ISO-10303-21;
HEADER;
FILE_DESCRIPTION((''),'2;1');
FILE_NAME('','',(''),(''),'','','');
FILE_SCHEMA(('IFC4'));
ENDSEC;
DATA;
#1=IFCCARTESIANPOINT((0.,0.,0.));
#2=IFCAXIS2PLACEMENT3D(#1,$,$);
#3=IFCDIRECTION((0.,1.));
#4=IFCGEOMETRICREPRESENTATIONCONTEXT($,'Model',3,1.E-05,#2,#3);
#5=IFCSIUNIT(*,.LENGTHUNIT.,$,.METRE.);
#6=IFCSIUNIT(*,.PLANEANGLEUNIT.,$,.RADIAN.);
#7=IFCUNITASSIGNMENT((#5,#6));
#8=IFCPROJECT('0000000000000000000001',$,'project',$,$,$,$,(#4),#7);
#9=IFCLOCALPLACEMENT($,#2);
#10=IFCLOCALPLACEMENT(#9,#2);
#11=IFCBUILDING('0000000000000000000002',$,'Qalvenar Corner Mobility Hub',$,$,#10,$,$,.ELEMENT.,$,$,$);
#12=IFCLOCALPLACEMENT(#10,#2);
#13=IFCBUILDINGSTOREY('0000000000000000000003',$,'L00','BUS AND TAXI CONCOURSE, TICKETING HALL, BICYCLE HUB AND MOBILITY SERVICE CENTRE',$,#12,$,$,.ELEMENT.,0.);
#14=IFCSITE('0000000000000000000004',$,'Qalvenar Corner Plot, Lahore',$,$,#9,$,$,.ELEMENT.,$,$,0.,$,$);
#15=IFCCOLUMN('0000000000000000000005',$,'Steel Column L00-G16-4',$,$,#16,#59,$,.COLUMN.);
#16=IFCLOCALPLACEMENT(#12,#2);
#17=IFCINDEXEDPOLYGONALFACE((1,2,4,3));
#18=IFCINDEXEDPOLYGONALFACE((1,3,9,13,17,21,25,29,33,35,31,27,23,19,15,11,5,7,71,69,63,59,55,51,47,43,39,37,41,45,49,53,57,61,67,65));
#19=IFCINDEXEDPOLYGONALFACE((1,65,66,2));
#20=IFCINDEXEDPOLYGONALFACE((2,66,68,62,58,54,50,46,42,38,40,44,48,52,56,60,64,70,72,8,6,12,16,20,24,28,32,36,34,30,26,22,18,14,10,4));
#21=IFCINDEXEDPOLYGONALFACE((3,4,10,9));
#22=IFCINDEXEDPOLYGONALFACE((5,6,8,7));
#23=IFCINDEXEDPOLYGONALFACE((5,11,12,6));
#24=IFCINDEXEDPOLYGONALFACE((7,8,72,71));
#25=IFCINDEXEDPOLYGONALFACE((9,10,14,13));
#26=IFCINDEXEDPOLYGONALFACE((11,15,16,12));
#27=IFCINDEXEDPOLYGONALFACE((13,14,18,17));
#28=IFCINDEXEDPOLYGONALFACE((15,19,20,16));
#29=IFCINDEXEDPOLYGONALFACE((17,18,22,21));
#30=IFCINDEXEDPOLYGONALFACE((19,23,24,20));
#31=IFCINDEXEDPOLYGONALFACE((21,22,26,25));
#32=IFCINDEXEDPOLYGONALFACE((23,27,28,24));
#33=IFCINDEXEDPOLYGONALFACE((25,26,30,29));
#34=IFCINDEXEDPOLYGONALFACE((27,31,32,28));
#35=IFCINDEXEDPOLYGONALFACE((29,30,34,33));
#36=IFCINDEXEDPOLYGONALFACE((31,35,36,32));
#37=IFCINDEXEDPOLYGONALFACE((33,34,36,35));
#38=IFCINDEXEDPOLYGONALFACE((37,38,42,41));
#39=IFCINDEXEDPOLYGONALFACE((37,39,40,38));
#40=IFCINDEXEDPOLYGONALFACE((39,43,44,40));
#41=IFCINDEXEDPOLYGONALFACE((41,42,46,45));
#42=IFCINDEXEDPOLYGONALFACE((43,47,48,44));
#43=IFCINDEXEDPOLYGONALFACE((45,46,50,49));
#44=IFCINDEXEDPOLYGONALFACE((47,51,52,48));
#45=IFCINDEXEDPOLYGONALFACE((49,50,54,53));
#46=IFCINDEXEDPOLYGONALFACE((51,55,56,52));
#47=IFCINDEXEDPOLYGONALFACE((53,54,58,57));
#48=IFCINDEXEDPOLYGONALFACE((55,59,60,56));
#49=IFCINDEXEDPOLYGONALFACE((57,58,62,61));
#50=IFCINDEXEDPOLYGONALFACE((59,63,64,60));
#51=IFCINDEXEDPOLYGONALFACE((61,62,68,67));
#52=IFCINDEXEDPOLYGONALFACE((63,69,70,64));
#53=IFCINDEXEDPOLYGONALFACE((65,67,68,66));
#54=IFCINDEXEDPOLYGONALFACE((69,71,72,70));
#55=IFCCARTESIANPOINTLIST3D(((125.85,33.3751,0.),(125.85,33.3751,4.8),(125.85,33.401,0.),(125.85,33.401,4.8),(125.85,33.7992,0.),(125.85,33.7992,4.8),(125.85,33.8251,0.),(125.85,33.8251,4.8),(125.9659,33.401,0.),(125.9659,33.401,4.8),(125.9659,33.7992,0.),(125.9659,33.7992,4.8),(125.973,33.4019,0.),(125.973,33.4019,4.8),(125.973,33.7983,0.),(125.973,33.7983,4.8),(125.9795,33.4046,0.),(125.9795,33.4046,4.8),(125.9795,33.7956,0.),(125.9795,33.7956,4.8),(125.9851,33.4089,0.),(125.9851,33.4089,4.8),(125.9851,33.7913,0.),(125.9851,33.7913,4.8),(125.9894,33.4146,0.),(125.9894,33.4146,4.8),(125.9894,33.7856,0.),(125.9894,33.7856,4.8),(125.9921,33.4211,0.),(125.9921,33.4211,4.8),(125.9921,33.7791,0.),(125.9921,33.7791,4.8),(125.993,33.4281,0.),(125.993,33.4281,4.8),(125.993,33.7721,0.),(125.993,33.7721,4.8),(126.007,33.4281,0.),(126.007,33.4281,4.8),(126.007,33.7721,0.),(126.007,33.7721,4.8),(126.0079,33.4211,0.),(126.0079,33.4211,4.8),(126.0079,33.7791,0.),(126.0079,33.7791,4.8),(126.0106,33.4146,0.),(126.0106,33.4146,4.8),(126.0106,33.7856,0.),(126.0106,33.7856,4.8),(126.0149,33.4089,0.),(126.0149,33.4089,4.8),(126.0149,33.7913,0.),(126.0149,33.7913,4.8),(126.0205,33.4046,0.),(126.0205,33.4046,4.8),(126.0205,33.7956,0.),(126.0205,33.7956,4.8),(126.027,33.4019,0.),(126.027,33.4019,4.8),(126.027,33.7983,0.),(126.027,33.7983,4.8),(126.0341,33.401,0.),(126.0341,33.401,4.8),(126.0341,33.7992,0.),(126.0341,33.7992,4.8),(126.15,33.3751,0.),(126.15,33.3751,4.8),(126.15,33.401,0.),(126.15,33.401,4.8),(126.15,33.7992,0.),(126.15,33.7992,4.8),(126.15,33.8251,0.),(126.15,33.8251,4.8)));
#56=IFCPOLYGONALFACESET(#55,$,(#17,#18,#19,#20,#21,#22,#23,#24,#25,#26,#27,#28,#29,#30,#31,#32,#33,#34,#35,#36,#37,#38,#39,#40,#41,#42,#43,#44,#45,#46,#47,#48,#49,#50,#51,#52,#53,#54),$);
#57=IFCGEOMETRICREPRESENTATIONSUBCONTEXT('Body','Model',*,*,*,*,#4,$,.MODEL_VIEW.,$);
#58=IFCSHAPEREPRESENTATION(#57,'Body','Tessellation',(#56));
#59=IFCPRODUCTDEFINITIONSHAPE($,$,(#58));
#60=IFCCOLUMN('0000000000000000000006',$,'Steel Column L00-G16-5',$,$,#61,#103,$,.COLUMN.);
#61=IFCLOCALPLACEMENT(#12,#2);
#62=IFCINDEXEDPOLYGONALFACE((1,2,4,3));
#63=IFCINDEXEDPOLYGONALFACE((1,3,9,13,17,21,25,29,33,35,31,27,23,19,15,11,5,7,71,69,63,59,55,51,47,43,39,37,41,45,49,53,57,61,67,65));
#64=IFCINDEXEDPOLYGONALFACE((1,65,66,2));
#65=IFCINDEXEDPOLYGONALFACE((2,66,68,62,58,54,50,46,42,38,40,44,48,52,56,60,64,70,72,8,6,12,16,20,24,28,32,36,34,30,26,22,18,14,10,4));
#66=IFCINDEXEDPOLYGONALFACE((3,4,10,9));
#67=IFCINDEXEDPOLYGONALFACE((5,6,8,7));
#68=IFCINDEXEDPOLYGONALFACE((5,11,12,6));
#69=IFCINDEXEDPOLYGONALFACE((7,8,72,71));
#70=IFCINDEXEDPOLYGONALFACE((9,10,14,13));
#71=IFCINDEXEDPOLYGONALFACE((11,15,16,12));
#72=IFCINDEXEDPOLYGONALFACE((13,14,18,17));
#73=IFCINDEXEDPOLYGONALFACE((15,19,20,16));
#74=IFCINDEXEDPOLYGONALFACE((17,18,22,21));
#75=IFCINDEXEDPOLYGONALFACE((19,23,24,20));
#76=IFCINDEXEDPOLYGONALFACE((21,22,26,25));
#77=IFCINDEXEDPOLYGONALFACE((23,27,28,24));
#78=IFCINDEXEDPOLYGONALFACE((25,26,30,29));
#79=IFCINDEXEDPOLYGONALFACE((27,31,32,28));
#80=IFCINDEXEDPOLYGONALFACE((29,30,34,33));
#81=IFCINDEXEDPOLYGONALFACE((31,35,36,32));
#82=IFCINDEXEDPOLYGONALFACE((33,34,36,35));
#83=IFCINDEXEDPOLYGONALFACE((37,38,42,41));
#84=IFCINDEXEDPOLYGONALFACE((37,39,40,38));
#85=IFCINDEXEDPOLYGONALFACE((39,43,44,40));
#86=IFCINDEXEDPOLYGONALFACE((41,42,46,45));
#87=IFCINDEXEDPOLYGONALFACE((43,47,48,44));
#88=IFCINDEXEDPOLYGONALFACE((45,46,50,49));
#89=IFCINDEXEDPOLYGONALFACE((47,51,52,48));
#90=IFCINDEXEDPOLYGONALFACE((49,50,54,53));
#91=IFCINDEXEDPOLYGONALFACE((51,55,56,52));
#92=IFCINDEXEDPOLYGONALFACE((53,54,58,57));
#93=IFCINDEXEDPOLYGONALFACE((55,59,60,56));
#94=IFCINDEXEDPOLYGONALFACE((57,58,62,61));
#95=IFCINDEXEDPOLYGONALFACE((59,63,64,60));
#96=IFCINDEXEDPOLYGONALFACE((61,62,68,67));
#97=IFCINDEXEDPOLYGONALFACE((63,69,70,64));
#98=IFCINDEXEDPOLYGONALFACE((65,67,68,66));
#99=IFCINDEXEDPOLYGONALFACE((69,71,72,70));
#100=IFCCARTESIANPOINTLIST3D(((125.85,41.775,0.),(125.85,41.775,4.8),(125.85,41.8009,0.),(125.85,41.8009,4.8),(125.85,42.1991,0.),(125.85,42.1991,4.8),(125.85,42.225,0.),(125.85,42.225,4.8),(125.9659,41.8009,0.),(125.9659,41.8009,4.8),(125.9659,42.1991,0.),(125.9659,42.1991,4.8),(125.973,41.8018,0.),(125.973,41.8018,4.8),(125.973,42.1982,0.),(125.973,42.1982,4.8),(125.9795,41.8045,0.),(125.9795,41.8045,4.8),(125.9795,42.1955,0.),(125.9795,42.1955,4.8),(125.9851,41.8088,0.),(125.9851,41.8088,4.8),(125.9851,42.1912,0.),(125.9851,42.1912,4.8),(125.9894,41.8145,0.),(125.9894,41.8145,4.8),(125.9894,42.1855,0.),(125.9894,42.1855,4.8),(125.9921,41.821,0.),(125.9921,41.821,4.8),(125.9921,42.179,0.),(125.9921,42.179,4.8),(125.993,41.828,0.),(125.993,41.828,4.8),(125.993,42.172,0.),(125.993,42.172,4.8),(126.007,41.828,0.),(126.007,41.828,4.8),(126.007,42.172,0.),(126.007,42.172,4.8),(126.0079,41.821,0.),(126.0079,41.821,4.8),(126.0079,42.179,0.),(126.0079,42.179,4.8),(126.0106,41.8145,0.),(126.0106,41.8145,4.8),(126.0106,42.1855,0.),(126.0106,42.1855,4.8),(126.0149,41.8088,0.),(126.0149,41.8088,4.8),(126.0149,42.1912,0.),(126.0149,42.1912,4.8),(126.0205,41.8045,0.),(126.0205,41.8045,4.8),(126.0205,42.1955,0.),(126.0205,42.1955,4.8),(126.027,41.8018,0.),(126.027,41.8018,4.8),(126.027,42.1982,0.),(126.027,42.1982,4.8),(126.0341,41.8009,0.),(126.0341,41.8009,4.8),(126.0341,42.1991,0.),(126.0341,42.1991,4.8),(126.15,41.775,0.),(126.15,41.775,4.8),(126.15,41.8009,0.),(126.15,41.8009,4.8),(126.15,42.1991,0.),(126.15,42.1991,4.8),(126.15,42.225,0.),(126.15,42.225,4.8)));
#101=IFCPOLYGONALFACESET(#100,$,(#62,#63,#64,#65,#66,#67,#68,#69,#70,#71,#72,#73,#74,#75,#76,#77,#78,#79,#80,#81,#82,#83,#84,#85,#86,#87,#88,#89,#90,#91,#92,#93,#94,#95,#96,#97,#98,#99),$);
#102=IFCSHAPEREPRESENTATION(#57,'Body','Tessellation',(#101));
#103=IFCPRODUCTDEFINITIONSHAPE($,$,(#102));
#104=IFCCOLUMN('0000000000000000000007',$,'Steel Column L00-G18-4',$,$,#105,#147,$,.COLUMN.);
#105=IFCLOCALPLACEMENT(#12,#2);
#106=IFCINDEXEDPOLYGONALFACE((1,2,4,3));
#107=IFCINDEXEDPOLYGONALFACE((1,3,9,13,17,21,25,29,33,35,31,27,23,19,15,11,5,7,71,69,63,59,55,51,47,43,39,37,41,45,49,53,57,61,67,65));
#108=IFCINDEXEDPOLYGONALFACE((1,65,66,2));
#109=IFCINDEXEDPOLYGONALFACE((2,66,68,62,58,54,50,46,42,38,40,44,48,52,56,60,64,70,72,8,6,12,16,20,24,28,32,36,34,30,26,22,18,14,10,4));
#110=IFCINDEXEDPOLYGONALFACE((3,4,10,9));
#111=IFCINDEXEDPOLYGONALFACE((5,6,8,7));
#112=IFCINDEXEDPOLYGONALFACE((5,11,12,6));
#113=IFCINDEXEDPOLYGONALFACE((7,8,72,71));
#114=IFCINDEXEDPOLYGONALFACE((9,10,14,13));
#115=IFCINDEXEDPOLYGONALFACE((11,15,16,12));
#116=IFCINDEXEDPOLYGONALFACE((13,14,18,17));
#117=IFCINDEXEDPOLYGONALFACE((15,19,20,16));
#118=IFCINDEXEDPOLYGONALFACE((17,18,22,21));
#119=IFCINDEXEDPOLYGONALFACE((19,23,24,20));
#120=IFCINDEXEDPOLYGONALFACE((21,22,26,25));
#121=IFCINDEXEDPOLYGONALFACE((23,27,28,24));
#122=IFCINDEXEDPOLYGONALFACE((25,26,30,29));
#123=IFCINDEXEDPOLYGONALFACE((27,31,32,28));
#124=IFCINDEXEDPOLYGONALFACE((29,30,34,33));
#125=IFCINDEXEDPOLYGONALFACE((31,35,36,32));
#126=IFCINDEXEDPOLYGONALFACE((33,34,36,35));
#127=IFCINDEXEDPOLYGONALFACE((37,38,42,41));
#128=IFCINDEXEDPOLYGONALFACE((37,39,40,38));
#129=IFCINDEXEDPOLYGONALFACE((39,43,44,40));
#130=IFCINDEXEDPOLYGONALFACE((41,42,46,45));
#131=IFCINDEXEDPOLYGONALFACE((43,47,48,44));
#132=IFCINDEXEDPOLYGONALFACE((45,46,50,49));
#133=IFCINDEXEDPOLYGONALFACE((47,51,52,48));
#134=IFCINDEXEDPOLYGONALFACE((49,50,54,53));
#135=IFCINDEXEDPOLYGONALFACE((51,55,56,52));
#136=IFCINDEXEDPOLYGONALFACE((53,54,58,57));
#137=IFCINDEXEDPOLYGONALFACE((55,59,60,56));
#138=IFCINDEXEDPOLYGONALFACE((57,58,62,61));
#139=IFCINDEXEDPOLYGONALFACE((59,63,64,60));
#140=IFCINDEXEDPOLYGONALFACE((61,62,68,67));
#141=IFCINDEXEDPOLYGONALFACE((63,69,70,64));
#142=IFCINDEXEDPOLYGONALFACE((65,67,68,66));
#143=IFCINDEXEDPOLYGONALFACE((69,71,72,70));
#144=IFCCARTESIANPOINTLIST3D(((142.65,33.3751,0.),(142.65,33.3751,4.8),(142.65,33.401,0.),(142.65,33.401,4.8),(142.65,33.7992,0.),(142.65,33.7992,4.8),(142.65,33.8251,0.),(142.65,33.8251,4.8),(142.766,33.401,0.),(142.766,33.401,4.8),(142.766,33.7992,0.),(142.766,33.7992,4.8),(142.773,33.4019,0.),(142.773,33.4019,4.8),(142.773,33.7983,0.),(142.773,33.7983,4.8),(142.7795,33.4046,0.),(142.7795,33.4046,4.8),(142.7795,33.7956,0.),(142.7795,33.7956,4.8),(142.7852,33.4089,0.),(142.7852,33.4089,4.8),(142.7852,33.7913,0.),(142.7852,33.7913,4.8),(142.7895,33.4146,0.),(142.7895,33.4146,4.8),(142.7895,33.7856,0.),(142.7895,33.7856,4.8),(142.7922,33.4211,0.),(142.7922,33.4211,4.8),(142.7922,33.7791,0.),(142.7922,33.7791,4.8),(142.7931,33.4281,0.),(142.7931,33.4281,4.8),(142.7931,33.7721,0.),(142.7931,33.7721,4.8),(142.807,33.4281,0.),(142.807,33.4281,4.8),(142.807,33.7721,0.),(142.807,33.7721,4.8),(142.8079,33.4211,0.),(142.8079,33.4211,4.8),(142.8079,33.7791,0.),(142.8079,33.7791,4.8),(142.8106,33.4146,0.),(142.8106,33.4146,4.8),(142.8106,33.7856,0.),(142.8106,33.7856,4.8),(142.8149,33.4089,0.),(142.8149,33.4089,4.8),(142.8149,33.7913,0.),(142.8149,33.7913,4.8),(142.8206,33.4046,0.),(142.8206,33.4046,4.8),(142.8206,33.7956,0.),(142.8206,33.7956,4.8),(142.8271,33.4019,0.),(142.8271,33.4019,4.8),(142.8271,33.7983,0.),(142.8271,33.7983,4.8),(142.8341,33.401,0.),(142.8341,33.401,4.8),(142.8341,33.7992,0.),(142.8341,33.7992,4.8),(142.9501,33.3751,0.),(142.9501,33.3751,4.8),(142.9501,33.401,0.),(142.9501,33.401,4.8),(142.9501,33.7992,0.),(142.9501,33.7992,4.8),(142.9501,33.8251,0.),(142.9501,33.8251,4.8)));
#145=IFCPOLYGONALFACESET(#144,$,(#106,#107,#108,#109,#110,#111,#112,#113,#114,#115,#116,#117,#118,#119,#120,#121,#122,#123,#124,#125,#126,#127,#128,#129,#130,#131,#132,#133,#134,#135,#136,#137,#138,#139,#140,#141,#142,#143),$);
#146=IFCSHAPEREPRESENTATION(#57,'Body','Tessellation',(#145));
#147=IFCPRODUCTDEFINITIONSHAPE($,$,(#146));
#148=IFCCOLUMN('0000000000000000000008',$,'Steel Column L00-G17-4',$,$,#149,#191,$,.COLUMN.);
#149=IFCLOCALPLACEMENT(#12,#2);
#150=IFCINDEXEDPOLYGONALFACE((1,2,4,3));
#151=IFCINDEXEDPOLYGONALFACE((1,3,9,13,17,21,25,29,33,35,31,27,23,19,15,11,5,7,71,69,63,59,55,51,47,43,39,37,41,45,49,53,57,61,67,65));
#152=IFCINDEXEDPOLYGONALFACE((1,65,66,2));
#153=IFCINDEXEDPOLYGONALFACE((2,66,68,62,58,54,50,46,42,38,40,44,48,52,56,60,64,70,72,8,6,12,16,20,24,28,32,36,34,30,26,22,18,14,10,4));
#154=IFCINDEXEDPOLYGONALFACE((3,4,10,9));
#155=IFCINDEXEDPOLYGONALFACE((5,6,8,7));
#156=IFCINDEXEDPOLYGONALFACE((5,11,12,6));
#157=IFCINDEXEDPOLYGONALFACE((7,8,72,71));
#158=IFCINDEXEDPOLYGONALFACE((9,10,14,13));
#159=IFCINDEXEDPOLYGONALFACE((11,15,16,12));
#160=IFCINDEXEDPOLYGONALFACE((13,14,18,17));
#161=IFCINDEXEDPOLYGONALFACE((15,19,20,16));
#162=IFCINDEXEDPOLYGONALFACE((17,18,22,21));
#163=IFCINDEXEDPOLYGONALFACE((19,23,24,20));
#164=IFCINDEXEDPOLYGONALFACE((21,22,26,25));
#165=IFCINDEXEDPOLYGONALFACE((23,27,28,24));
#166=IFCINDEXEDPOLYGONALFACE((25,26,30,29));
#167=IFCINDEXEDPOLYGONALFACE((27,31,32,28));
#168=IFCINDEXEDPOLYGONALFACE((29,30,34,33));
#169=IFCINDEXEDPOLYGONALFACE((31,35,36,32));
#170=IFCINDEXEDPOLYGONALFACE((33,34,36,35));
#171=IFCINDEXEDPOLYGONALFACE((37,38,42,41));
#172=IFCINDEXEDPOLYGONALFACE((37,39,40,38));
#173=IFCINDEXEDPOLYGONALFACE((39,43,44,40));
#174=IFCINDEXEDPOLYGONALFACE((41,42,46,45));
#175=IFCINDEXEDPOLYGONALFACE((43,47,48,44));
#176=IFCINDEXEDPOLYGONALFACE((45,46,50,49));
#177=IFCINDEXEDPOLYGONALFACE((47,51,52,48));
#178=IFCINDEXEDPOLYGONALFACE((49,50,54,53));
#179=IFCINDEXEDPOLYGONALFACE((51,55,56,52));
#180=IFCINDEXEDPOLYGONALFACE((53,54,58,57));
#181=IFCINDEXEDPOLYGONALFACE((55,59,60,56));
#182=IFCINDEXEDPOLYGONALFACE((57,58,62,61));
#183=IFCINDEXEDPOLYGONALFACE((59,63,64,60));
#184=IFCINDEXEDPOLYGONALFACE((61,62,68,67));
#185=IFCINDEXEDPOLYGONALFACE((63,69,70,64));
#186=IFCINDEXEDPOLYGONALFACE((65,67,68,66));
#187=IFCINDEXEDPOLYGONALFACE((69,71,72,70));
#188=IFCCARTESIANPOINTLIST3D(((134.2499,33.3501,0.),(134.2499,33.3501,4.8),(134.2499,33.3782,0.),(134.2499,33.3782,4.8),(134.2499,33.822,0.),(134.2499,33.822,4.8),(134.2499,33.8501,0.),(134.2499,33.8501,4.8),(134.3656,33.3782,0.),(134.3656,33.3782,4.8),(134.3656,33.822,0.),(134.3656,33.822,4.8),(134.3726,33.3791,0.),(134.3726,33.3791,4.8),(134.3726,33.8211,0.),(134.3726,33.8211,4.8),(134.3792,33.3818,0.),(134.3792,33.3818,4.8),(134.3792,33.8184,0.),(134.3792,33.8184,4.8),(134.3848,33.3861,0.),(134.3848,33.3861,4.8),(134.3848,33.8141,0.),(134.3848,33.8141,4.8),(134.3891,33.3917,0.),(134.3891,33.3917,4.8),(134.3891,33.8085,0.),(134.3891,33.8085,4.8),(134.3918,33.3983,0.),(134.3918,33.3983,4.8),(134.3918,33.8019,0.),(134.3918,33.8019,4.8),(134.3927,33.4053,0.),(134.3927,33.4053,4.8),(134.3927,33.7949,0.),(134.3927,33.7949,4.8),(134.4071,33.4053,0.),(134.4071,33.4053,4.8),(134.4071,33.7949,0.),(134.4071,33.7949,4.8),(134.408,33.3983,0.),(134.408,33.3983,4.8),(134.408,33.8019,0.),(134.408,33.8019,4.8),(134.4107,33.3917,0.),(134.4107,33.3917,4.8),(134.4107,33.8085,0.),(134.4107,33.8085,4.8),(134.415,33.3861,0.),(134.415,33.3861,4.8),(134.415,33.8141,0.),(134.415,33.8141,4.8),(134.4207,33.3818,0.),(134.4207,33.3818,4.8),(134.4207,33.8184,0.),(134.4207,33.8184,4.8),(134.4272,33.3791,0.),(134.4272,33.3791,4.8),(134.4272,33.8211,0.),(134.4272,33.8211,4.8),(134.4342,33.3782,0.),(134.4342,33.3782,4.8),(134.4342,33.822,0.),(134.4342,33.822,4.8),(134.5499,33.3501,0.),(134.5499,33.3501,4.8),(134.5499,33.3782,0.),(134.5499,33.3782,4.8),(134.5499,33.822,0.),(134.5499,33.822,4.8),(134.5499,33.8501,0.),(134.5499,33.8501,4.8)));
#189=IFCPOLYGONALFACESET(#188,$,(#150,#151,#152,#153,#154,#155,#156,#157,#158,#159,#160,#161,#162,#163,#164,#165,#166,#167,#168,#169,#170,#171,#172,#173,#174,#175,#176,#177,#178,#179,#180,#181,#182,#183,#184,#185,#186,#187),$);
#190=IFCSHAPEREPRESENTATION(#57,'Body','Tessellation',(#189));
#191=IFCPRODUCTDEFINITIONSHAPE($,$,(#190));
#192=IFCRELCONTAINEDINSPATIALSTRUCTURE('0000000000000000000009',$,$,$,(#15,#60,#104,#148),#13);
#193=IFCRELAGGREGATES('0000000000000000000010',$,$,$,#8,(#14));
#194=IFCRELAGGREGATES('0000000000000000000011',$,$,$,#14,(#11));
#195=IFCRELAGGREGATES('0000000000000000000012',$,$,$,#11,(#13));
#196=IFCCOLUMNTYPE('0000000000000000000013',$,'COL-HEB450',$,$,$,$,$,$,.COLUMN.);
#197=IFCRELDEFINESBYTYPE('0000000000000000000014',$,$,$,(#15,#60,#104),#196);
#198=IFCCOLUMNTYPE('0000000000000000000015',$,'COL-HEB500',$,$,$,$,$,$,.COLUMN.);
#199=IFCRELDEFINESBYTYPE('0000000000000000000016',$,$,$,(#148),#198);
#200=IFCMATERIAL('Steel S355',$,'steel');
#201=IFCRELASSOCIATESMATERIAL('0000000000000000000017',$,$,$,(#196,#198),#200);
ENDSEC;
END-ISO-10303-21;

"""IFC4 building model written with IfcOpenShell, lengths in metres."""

from ifc_helpers import new_model, si_unit, direction, frame, origin, origin_2d, place, context, subcontext, project, spatial, i_section, extrude, material, material_profile, profile_set, type_object, element, save


model = new_model("IFC4")

# Units and contexts
model_context = context("Model", 3, precision=1e-05, world=origin(), true_north=direction((0.0, 1.0)))
body_context = subcontext(model_context, "Body", "Model", "MODEL_VIEW")
ifc_project = project(units=[si_unit("LENGTHUNIT", "METRE"), si_unit("PLANEANGLEUNIT", "RADIAN")], contexts=[model_context])

# Site, building, storey
site_placement = place(None, origin())
site = spatial("IfcSite", under=ifc_project, at=site_placement, Name="Qalvenar Corner Plot, Lahore", CompositionType="ELEMENT", RefElevation=0.0)
building_placement = place(site_placement, origin())
building = spatial("IfcBuilding", under=site, at=building_placement, Name="Qalvenar Corner Mobility Hub", CompositionType="ELEMENT")
storey_placement = place(building_placement, origin())
storey = spatial("IfcBuildingStorey", under=building, at=storey_placement, Name="L00", Description="BUS AND TAXI CONCOURSE, TICKETING HALL, BICYCLE HUB AND MOBILITY SERVICE CENTRE", CompositionType="ELEMENT", Elevation=0.0)

# Columns
ifc_material_1 = material(Name="Steel S355", Category="steel")
ifc_material_profile_1 = material_profile(ifc_material_1, i_section(OverallWidth=0.3, OverallDepth=0.45, WebThickness=0.0139, FlangeThickness=0.0259, FilletRadius=0.0271, at=origin_2d()), Name="HEB450")
ifc_profile_set_1 = profile_set([ifc_material_profile_1], Name="Steel S355")
column_type_1 = type_object("IfcColumnType", Name="COL-HEB450", PredefinedType="COLUMN", material=ifc_profile_set_1)
for number, where, z_axis, x_axis, name in (
    (1, (126.0, 33.6001, 0.0), (0.0, 0.0, 1.0), (1.0, 0.0, 0.0), "Steel Column L00-G16-4"),
    (2, (126.0, 42.0, 0.0), (0.0, 0.0, 1.0), (1.0, 0.0, 0.0), "Steel Column L00-G16-5"),
    (3, (142.8, 33.6001, 0.0), (0.0, 0.0, 1.0), (1.0, 0.0, 0.0), "Steel Column L00-G18-4"),
):
    element("IfcColumn", number, at=place(storey_placement, frame(where, z_axis=z_axis, x_axis=x_axis)), inside=storey, type_object=column_type_1, Name=name, PredefinedType="COLUMN", context=body_context, shape_type="SweptSolid", body=[
        extrude(i_section(OverallWidth=0.3, OverallDepth=0.45, WebThickness=0.0139, FlangeThickness=0.0259, FilletRadius=0.0271, at=origin_2d()), origin(), (0.0, 0.0, 1.0), 4.8),
    ])
ifc_material_profile_2 = material_profile(ifc_material_1, i_section(OverallWidth=0.3, OverallDepth=0.5, WebThickness=0.0144, FlangeThickness=0.0281, FilletRadius=0.0271, at=origin_2d()), Name="HEB500")
ifc_profile_set_2 = profile_set([ifc_material_profile_2], Name="Steel S355")
column_type_2 = type_object("IfcColumnType", Name="COL-HEB500", PredefinedType="COLUMN", material=ifc_profile_set_2)
column_placement = place(storey_placement, frame((134.3999, 33.6001, 0.0), z_axis=(0.0, 0.0, 1.0), x_axis=(1.0, 0.0, 0.0)))
element("IfcColumn", 4, at=column_placement, inside=storey, type_object=column_type_2, Name="Steel Column L00-G17-4", PredefinedType="COLUMN", context=body_context, shape_type="SweptSolid", body=[
    extrude(i_section(OverallWidth=0.3, OverallDepth=0.5, WebThickness=0.0144, FlangeThickness=0.0281, FilletRadius=0.0271, at=origin_2d()), origin(), (0.0, 0.0, 1.0), 4.8),
])

save(model, "model.ifc")
